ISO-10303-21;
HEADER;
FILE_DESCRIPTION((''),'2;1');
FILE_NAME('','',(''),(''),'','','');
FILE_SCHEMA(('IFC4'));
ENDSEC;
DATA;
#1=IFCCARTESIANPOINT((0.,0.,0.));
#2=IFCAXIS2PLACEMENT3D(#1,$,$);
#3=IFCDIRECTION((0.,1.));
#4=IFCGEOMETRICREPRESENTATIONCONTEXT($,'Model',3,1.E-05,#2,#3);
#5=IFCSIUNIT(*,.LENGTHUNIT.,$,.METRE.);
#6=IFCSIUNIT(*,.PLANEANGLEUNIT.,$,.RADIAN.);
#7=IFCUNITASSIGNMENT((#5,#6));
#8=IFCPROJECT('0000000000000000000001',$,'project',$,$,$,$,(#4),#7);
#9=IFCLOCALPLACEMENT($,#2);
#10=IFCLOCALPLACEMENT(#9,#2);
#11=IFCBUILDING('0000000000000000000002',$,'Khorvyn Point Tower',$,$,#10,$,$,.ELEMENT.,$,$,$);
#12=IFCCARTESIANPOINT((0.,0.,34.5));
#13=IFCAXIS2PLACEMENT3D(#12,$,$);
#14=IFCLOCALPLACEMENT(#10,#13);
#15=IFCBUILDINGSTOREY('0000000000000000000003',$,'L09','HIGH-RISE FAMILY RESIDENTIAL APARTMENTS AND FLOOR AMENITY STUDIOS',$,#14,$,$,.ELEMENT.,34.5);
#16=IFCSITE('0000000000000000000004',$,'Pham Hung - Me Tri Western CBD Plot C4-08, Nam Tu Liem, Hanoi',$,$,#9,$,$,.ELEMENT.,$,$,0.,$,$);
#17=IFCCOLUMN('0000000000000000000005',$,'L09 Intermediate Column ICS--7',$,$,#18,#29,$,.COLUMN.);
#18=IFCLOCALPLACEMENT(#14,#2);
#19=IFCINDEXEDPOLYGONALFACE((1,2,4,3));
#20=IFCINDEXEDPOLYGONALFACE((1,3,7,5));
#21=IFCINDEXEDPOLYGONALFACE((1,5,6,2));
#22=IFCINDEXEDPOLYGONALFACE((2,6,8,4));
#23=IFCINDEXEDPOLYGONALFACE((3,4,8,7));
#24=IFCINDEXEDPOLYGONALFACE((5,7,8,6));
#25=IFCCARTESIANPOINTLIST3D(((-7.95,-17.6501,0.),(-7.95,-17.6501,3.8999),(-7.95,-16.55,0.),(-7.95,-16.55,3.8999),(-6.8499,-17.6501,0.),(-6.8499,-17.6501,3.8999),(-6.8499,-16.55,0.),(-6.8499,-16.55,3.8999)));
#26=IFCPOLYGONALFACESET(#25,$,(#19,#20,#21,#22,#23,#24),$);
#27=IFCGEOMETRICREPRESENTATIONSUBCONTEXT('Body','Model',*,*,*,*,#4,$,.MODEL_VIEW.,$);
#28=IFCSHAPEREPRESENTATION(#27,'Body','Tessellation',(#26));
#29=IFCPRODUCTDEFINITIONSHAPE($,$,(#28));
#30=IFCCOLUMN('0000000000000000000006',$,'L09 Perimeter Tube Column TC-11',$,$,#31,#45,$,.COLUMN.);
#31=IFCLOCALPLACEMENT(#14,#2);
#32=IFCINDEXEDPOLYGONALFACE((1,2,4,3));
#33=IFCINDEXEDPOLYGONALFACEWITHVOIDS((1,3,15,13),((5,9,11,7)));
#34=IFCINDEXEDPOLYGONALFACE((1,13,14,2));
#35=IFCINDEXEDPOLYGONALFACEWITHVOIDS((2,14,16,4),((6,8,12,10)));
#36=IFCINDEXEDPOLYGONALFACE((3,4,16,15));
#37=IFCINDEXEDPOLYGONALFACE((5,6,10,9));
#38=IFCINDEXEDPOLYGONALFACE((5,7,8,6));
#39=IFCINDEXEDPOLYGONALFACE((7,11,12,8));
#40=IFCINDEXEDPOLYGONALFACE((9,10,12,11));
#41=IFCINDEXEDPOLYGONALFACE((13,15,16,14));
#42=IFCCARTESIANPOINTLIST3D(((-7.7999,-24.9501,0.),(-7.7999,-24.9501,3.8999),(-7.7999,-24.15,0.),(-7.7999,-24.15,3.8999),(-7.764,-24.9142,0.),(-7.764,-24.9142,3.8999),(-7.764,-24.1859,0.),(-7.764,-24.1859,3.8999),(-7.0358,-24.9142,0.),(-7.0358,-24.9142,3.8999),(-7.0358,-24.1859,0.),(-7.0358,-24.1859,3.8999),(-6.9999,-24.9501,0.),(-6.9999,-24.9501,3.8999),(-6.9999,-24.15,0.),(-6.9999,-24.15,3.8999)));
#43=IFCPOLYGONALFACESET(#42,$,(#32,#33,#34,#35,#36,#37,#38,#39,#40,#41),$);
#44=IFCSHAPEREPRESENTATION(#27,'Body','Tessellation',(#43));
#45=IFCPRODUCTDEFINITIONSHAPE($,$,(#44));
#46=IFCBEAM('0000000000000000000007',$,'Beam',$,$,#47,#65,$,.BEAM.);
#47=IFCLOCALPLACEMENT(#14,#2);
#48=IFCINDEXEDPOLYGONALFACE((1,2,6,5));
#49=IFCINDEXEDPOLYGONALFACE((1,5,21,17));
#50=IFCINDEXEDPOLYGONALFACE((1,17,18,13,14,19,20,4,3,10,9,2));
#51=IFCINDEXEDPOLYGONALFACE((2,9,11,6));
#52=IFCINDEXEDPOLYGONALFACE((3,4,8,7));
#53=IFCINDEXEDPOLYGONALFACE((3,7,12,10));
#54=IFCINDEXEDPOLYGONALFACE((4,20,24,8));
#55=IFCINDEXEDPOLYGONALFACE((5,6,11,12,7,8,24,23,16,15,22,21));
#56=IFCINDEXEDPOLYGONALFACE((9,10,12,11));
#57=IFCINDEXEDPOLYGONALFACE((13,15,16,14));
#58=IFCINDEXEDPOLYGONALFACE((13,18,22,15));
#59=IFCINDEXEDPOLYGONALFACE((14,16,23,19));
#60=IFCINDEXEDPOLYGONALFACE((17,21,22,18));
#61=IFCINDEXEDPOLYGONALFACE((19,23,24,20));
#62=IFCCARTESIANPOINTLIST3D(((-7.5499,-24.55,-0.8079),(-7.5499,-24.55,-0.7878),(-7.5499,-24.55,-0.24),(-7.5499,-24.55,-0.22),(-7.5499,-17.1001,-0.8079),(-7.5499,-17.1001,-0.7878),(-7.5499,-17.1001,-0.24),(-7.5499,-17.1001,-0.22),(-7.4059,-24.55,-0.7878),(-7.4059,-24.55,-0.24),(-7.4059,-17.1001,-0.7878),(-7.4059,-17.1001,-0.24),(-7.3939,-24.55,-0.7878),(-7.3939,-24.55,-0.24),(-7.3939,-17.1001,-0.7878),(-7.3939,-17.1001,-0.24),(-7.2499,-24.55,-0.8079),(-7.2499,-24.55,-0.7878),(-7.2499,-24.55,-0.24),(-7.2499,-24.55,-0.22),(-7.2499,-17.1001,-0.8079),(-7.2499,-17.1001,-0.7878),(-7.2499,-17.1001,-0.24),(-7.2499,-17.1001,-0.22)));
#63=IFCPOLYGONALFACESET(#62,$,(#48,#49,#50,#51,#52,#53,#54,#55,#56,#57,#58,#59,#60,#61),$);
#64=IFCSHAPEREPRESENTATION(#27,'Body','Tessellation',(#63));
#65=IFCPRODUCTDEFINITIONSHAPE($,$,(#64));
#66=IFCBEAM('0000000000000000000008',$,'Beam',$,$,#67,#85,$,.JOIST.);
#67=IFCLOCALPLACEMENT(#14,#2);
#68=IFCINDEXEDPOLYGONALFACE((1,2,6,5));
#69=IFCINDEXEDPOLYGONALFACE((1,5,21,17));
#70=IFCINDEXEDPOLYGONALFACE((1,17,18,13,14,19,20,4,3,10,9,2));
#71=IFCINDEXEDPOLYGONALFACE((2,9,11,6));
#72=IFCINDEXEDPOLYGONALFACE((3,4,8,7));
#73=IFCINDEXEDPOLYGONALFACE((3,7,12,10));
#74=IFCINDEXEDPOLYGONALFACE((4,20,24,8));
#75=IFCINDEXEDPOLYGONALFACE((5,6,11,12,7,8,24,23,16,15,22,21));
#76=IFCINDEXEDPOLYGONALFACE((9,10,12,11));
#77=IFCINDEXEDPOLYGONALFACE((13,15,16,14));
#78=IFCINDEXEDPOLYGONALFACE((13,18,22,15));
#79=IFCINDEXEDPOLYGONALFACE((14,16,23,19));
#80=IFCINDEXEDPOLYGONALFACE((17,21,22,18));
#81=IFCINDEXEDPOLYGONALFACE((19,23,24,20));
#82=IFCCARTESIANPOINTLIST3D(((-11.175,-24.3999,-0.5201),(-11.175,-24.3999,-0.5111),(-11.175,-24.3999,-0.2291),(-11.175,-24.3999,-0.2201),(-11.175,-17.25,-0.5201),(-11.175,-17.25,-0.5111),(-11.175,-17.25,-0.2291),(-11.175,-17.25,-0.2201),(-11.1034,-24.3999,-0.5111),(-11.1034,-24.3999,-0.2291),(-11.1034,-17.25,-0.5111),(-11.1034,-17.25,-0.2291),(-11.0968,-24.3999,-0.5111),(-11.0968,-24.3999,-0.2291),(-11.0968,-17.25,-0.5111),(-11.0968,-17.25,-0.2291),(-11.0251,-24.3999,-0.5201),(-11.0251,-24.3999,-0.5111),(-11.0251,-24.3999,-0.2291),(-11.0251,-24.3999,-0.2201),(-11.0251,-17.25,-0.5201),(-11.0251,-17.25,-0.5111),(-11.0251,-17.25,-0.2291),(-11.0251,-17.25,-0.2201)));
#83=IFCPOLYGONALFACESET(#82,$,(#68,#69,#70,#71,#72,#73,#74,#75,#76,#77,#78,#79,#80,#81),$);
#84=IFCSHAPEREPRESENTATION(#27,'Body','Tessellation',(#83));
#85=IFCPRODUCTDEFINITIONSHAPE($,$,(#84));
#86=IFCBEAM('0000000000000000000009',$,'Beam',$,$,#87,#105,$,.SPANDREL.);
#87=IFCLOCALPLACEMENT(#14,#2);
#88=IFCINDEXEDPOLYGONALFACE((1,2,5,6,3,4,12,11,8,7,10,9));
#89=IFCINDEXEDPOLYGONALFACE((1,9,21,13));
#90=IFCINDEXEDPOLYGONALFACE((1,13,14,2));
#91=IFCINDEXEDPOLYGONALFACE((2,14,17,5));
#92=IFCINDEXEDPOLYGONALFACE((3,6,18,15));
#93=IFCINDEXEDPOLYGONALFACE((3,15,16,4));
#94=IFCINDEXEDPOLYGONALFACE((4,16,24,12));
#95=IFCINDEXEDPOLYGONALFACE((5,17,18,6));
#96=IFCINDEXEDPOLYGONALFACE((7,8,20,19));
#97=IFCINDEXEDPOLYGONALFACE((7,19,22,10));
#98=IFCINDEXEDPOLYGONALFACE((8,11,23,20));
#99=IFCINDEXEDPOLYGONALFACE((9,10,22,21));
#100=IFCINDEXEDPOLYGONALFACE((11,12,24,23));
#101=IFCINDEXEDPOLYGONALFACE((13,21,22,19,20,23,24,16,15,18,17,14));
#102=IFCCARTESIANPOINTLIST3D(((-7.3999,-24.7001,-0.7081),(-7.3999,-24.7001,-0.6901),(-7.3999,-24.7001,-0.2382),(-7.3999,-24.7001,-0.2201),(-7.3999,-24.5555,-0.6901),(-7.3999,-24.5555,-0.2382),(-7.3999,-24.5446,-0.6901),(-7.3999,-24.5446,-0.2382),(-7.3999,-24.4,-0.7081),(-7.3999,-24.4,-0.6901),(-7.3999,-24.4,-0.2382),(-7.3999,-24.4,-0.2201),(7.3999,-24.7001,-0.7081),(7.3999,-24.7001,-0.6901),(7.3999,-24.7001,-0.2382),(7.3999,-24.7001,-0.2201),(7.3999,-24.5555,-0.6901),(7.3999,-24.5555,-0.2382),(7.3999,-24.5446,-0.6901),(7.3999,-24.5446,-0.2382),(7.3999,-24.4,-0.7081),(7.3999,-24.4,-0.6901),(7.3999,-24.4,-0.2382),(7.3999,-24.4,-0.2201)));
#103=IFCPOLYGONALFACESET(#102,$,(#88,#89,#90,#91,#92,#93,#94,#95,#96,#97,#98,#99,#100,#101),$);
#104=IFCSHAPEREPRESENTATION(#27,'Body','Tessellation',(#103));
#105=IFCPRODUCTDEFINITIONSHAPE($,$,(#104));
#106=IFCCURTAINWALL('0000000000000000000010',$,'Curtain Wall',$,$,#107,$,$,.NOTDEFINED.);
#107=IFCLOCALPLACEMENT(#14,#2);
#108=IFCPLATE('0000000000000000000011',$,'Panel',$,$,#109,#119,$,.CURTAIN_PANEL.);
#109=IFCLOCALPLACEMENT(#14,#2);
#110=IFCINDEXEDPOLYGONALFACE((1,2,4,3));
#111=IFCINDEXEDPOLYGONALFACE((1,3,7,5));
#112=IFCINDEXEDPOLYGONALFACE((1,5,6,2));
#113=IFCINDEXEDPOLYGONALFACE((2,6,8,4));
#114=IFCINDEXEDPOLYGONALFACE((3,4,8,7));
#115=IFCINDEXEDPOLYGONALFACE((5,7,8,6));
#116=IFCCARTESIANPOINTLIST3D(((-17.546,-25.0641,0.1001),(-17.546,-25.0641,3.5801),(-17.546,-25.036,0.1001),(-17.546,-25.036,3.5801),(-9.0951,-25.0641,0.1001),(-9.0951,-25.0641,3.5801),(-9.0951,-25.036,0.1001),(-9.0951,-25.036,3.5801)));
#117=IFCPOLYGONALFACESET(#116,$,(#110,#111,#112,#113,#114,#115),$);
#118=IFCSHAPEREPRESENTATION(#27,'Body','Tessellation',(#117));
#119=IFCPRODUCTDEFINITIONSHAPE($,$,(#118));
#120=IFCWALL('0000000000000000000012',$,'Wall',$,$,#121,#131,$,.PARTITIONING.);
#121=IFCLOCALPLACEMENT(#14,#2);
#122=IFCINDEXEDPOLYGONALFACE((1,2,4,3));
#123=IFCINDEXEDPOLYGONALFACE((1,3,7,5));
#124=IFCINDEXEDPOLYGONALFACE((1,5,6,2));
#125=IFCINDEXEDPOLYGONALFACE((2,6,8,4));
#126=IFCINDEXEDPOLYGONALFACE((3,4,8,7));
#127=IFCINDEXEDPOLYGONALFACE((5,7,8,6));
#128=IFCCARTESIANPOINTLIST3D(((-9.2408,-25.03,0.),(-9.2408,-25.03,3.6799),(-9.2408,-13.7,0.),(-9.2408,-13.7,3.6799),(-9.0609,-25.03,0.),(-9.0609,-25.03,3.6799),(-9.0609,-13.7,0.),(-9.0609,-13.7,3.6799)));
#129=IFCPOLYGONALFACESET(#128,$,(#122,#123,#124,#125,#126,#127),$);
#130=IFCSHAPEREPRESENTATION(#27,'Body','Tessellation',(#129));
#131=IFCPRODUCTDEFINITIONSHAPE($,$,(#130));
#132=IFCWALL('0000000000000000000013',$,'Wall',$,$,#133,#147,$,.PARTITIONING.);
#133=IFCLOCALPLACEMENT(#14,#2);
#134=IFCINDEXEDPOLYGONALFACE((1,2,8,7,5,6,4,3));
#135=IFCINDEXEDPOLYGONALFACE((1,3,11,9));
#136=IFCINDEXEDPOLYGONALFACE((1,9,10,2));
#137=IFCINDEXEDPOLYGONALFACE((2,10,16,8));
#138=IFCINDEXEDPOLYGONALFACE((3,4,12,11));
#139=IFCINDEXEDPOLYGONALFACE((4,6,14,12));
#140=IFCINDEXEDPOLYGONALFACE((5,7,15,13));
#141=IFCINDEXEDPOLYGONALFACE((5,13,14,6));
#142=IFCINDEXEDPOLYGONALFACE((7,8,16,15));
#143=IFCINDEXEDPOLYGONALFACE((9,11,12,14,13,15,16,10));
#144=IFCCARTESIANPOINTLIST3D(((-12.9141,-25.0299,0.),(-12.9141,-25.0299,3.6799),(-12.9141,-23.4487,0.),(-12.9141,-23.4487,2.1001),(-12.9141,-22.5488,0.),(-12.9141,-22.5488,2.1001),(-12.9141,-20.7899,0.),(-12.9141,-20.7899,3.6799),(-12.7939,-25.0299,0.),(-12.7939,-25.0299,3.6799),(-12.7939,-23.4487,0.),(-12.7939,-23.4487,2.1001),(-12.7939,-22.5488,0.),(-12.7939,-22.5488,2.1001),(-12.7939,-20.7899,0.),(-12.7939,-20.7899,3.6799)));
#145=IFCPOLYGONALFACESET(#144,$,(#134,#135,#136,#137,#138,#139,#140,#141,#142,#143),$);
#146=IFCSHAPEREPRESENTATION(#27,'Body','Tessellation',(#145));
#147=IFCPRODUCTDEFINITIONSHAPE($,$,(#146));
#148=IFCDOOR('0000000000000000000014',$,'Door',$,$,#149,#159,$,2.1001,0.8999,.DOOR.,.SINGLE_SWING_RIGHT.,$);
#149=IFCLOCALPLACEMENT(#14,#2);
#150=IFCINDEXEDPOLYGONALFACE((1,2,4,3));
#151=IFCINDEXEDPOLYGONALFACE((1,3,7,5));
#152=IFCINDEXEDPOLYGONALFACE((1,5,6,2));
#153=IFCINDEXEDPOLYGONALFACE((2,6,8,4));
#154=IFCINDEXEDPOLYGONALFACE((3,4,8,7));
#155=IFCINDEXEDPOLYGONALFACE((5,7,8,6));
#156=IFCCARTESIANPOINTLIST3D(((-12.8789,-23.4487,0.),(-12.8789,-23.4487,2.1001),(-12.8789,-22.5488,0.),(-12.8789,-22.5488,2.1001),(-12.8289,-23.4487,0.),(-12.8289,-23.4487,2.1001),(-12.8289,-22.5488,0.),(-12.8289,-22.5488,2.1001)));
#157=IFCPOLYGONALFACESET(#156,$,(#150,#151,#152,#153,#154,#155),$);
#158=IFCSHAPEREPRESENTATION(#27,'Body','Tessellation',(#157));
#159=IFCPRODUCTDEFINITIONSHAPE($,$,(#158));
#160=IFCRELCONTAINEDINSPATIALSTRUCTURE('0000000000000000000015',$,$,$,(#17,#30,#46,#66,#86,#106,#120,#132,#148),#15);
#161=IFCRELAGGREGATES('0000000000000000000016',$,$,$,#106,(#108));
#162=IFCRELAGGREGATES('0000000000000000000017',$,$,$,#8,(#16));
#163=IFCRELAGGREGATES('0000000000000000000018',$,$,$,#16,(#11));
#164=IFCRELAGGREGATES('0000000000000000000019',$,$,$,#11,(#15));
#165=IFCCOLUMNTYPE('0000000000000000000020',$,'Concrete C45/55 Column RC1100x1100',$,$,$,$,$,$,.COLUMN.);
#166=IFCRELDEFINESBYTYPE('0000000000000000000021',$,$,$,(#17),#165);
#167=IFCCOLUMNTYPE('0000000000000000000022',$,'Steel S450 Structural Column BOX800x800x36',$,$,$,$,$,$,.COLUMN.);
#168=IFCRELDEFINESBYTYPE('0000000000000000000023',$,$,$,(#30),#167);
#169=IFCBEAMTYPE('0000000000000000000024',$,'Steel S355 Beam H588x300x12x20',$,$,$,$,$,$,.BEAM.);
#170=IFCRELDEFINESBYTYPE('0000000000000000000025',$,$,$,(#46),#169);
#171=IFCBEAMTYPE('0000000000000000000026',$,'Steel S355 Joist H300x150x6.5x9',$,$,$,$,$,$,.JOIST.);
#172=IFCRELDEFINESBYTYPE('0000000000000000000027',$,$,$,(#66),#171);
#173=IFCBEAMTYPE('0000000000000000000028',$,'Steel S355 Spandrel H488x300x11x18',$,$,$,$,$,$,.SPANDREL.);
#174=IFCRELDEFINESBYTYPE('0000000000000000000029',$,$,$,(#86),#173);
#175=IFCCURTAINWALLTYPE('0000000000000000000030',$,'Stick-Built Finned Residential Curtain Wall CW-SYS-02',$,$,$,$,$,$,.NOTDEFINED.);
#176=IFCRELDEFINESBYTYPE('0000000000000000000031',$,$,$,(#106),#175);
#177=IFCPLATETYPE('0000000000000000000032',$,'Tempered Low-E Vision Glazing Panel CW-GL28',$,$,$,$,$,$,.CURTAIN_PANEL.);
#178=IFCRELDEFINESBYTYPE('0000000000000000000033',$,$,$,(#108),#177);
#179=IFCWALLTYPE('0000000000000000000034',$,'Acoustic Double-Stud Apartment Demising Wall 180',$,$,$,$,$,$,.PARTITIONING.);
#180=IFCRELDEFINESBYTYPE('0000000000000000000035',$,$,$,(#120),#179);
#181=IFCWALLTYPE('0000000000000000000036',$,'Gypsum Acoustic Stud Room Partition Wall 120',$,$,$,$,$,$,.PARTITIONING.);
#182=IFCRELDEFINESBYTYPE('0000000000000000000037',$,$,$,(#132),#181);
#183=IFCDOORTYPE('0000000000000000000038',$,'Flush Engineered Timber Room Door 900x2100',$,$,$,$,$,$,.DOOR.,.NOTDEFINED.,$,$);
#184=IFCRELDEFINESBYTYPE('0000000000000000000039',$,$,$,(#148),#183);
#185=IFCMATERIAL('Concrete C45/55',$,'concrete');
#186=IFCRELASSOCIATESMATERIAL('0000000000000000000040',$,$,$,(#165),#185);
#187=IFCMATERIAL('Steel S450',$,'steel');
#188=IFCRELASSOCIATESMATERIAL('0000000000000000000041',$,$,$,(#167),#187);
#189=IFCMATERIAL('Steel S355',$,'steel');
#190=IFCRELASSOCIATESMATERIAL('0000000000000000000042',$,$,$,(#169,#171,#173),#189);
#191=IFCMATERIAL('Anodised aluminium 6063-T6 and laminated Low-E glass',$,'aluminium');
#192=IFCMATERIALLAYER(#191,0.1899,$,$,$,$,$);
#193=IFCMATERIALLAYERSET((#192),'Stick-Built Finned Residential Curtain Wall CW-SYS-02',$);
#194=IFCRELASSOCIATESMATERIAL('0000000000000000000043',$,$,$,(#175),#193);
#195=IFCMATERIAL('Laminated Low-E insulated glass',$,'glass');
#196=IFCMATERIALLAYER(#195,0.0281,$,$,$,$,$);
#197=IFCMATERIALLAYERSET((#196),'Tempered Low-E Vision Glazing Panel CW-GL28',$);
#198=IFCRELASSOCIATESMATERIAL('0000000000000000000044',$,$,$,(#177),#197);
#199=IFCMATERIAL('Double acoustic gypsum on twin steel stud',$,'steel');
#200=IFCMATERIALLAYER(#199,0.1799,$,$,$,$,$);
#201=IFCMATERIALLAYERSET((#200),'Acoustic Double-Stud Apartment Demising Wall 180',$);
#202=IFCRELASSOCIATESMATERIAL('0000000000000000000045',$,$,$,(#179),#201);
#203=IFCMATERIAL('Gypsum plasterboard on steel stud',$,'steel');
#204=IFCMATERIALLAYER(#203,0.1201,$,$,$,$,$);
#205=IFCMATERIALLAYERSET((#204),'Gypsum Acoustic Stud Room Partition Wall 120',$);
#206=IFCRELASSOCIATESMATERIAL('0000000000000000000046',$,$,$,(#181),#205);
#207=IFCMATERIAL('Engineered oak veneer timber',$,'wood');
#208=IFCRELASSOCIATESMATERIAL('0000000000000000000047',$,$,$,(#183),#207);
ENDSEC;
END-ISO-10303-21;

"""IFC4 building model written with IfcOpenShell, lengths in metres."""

from ifc_helpers import new_model, si_unit, direction, frame, frame_2d, origin, origin_2d, place, context, subcontext, project, spatial, rectangle, hollow_rectangle, i_section, extrude, material, layer, layer_set, material_profile, profile_set, type_object, element, fill, aggregate, save


model = new_model("IFC4")

# Units and contexts
model_context = context("Model", 3, precision=1e-05, world=origin(), true_north=direction((0.0, 1.0)))
body_context = subcontext(model_context, "Body", "Model", "MODEL_VIEW")
ifc_project = project(units=[si_unit("LENGTHUNIT", "METRE"), si_unit("PLANEANGLEUNIT", "RADIAN")], contexts=[model_context])

# Site, building, storey
site_placement = place(None, origin())
site = spatial("IfcSite", under=ifc_project, at=site_placement, Name="Pham Hung - Me Tri Western CBD Plot C4-08, Nam Tu Liem, Hanoi", CompositionType="ELEMENT", RefElevation=0.0)
building_placement = place(site_placement, origin())
building = spatial("IfcBuilding", under=site, at=building_placement, Name="Khorvyn Point Tower", CompositionType="ELEMENT")
storey_placement = place(building_placement, frame((0.0, 0.0, 34.5)))
storey = spatial("IfcBuildingStorey", under=building, at=storey_placement, Name="L09", Description="HIGH-RISE FAMILY RESIDENTIAL APARTMENTS AND FLOOR AMENITY STUDIOS", CompositionType="ELEMENT", Elevation=34.5)

# Columns
ifc_material_1 = material(Name="Concrete C45/55", Category="concrete")
ifc_material_profile_1 = material_profile(ifc_material_1, rectangle(XDim=1.1001, YDim=1.1001, at=origin_2d()))
ifc_profile_set_1 = profile_set([ifc_material_profile_1], Name="Concrete C45/55 RC1100x1100")
column_type_1 = type_object("IfcColumnType", Name="Concrete C45/55 Column RC1100x1100", PredefinedType="COLUMN", material=ifc_profile_set_1)
column_1_placement = place(storey_placement, frame((-7.3999, -17.1001, 0.0), z_axis=(0.0, 0.0, 1.0), x_axis=(1.0, 0.0, 0.0)))
element("IfcColumn", 1, at=column_1_placement, inside=storey, type_object=column_type_1, Name="L09 Intermediate Column ICS--7", PredefinedType="COLUMN", context=body_context, shape_type="SweptSolid", body=[
    extrude(rectangle(XDim=1.1001, YDim=1.1001, at=origin_2d()), origin(), (0.0, 0.0, 1.0), 3.8999),
])
ifc_material_2 = material(Name="Steel S450", Category="steel")
ifc_material_profile_2 = material_profile(ifc_material_2, hollow_rectangle(XDim=0.8, YDim=0.8, WallThickness=0.0359, at=origin_2d()))
ifc_profile_set_2 = profile_set([ifc_material_profile_2], Name="Steel S450 BOX800x800x36")
column_type_2 = type_object("IfcColumnType", Name="Steel S450 Structural Column BOX800x800x36", PredefinedType="COLUMN", material=ifc_profile_set_2)
column_2_placement = place(storey_placement, frame((-7.3999, -24.55, 0.0), z_axis=(0.0, 0.0, 1.0), x_axis=(1.0, 0.0, 0.0)))
element("IfcColumn", 2, at=column_2_placement, inside=storey, type_object=column_type_2, Name="L09 Perimeter Tube Column TC-11", PredefinedType="COLUMN", context=body_context, shape_type="SweptSolid", body=[
    extrude(hollow_rectangle(XDim=0.8, YDim=0.8, WallThickness=0.0359, at=origin_2d()), origin(), (0.0, 0.0, 1.0), 3.8999),
])

# Beams
ifc_material_3 = material(Name="Steel S355", Category="steel")
ifc_material_profile_3 = material_profile(ifc_material_3, i_section(OverallWidth=0.3, OverallDepth=0.5879, WebThickness=0.012, FlangeThickness=0.02, at=origin_2d()))
ifc_profile_set_3 = profile_set([ifc_material_profile_3], Name="Steel S355 H588x300x12x20")
beam_type_1 = type_object("IfcBeamType", Name="Steel S355 Beam H588x300x12x20", PredefinedType="BEAM", material=ifc_profile_set_3)
beam_1_placement = place(storey_placement, frame((-7.3999, -24.55, -0.5139), z_axis=(0.0, 1.0, 0.0), x_axis=(-1.0, 0.0, 0.0)))
element("IfcBeam", 3, at=beam_1_placement, inside=storey, type_object=beam_type_1, Name="Beam", PredefinedType="BEAM", context=body_context, shape_type="SweptSolid", body=[
    extrude(i_section(OverallWidth=0.3, OverallDepth=0.5879, WebThickness=0.012, FlangeThickness=0.02, at=origin_2d()), origin(), (0.0, 0.0, 1.0), 7.45),
])
ifc_material_profile_4 = material_profile(ifc_material_3, i_section(OverallWidth=0.1499, OverallDepth=0.3, WebThickness=0.0066, FlangeThickness=0.009, at=origin_2d()))
ifc_profile_set_4 = profile_set([ifc_material_profile_4], Name="Steel S355 H300x150x6.5x9")
beam_type_2 = type_object("IfcBeamType", Name="Steel S355 Joist H300x150x6.5x9", PredefinedType="JOIST", material=ifc_profile_set_4)
beam_2_placement = place(storey_placement, frame((-11.1001, -24.3999, -0.3701), z_axis=(0.0, 1.0, 0.0), x_axis=(-1.0, 0.0, 0.0)))
element("IfcBeam", 4, at=beam_2_placement, inside=storey, type_object=beam_type_2, Name="Beam", PredefinedType="JOIST", context=body_context, shape_type="SweptSolid", body=[
    extrude(i_section(OverallWidth=0.1499, OverallDepth=0.3, WebThickness=0.0066, FlangeThickness=0.009, at=origin_2d()), origin(), (0.0, 0.0, 1.0), 7.1499),
])
ifc_material_profile_5 = material_profile(ifc_material_3, i_section(OverallWidth=0.3, OverallDepth=0.488, WebThickness=0.011, FlangeThickness=0.0181, at=origin_2d()))
ifc_profile_set_5 = profile_set([ifc_material_profile_5], Name="Steel S355 H488x300x11x18")
beam_type_3 = type_object("IfcBeamType", Name="Steel S355 Spandrel H488x300x11x18", PredefinedType="SPANDREL", material=ifc_profile_set_5)
beam_3_placement = place(storey_placement, frame((-7.3999, -24.55, -0.4641), z_axis=(1.0, 0.0, 0.0), x_axis=(0.0, 1.0, 0.0)))
element("IfcBeam", 5, at=beam_3_placement, inside=storey, type_object=beam_type_3, Name="Beam", PredefinedType="SPANDREL", context=body_context, shape_type="SweptSolid", body=[
    extrude(i_section(OverallWidth=0.3, OverallDepth=0.488, WebThickness=0.011, FlangeThickness=0.0181, at=origin_2d()), origin(), (0.0, 0.0, 1.0), 14.7998),
])

# Curtain wall, plate
ifc_material_4 = material(Name="Anodised aluminium 6063-T6 and laminated Low-E glass", Category="aluminium")
ifc_layer_1 = layer(ifc_material_4, 0.1899)
ifc_layer_set_1 = layer_set([ifc_layer_1], Name="Stick-Built Finned Residential Curtain Wall CW-SYS-02")
curtain_wall_type = type_object("IfcCurtainWallType", Name="Stick-Built Finned Residential Curtain Wall CW-SYS-02", PredefinedType="NOTDEFINED", material=ifc_layer_set_1)
curtain_wall_placement = place(storey_placement, origin())
curtain_wall = element("IfcCurtainWall", 6, at=curtain_wall_placement, inside=storey, type_object=curtain_wall_type, Name="Curtain Wall", PredefinedType="NOTDEFINED")
ifc_material_5 = material(Name="Laminated Low-E insulated glass", Category="glass")
ifc_layer_2 = layer(ifc_material_5, 0.0281)
ifc_layer_set_2 = layer_set([ifc_layer_2], Name="Tempered Low-E Vision Glazing Panel CW-GL28")
plate_type = type_object("IfcPlateType", Name="Tempered Low-E Vision Glazing Panel CW-GL28", PredefinedType="CURTAIN_PANEL", material=ifc_layer_set_2)
plate_placement = place(storey_placement, frame((-13.3206, -25.05, 0.1001), z_axis=(0.0, 0.0, 1.0), x_axis=(-1.0, 0.0, 0.0)))
plate = element("IfcPlate", 7, at=plate_placement, type_object=plate_type, Name="Panel", PredefinedType="CURTAIN_PANEL", context=body_context, shape_type="SweptSolid", body=[
    extrude(rectangle(XDim=8.4509, YDim=0.0281, at=origin_2d()), origin(), (0.0, 0.0, 1.0), 3.48),
])
aggregate(curtain_wall, [plate])

# Wall
ifc_material_6 = material(Name="Double acoustic gypsum on twin steel stud", Category="steel")
ifc_layer_3 = layer(ifc_material_6, 0.1799)
ifc_layer_set_3 = layer_set([ifc_layer_3], Name="Acoustic Double-Stud Apartment Demising Wall 180")
wall_type_1 = type_object("IfcWallType", Name="Acoustic Double-Stud Apartment Demising Wall 180", PredefinedType="PARTITIONING", material=ifc_layer_set_3)
wall_1_placement = place(storey_placement, frame((-9.1509, -25.03, 0.0), z_axis=(0.0, 0.0, 1.0), x_axis=(0.0, 1.0, 0.0)))
element("IfcWall", 8, at=wall_1_placement, inside=storey, type_object=wall_type_1, Name="Wall", PredefinedType="PARTITIONING", context=body_context, shape_type="SweptSolid", body=[
    extrude(rectangle(XDim=11.3301, YDim=0.1799, at=frame_2d((5.665, 0.0))), origin(), (0.0, 0.0, 1.0), 3.6799),
])

# Wall, opening, door
ifc_material_7 = material(Name="Gypsum plasterboard on steel stud", Category="steel")
ifc_layer_4 = layer(ifc_material_7, 0.1201)
ifc_layer_set_4 = layer_set([ifc_layer_4], Name="Gypsum Acoustic Stud Room Partition Wall 120")
wall_type_2 = type_object("IfcWallType", Name="Gypsum Acoustic Stud Room Partition Wall 120", PredefinedType="PARTITIONING", material=ifc_layer_set_4)
wall_2_placement = place(storey_placement, frame((-12.854, -25.03, 0.0), z_axis=(0.0, 0.0, 1.0), x_axis=(0.0, 1.0, 0.0)))
wall_2 = element("IfcWall", 9, at=wall_2_placement, inside=storey, type_object=wall_type_2, Name="Wall", PredefinedType="PARTITIONING", context=body_context, shape_type="SweptSolid", body=[
    extrude(rectangle(XDim=4.24, YDim=0.1201, at=frame_2d((2.1201, 0.0))), origin(), (0.0, 0.0, 1.0), 3.6799),
])
opening_1_placement = place(wall_2_placement, frame((1.5813, 0.0, 0.0)))
opening_1 = element("IfcOpeningElement", 10, at=opening_1_placement, cuts=wall_2, PredefinedType="OPENING", context=body_context, shape_type="SweptSolid", body=[
    extrude(rectangle(XDim=0.8999, YDim=2.1001, at=frame_2d((0.45, 1.05))), frame((0.0, 0.0701, 0.0), z_axis=(0.0, -1.0, 0.0), x_axis=(1.0, 0.0, 0.0)), (0.0, 0.0, 1.0), 0.1401),
])
ifc_material_8 = material(Name="Engineered oak veneer timber", Category="wood")
door_type_1 = type_object("IfcDoorType", Name="Flush Engineered Timber Room Door 900x2100", OperationType="NOTDEFINED", PredefinedType="DOOR", material=ifc_material_8)
door_1_placement = place(opening_1_placement, origin())
door_1 = element("IfcDoor", 11, at=door_1_placement, inside=storey, type_object=door_type_1, Name="Door", OperationType="SINGLE_SWING_RIGHT", OverallHeight=2.1001, OverallWidth=0.8999, PredefinedType="DOOR", context=body_context, shape_type="SweptSolid", body=[
    extrude(rectangle(XDim=0.8999, YDim=2.1001, at=frame_2d((0.45, 1.05))), frame((0.0, 0.0249, 0.0), z_axis=(0.0, -1.0, 0.0), x_axis=(1.0, 0.0, 0.0)), (0.0, 0.0, 1.0), 0.05),
])
fill(opening_1, door_1)

save(model, "model.ifc")
